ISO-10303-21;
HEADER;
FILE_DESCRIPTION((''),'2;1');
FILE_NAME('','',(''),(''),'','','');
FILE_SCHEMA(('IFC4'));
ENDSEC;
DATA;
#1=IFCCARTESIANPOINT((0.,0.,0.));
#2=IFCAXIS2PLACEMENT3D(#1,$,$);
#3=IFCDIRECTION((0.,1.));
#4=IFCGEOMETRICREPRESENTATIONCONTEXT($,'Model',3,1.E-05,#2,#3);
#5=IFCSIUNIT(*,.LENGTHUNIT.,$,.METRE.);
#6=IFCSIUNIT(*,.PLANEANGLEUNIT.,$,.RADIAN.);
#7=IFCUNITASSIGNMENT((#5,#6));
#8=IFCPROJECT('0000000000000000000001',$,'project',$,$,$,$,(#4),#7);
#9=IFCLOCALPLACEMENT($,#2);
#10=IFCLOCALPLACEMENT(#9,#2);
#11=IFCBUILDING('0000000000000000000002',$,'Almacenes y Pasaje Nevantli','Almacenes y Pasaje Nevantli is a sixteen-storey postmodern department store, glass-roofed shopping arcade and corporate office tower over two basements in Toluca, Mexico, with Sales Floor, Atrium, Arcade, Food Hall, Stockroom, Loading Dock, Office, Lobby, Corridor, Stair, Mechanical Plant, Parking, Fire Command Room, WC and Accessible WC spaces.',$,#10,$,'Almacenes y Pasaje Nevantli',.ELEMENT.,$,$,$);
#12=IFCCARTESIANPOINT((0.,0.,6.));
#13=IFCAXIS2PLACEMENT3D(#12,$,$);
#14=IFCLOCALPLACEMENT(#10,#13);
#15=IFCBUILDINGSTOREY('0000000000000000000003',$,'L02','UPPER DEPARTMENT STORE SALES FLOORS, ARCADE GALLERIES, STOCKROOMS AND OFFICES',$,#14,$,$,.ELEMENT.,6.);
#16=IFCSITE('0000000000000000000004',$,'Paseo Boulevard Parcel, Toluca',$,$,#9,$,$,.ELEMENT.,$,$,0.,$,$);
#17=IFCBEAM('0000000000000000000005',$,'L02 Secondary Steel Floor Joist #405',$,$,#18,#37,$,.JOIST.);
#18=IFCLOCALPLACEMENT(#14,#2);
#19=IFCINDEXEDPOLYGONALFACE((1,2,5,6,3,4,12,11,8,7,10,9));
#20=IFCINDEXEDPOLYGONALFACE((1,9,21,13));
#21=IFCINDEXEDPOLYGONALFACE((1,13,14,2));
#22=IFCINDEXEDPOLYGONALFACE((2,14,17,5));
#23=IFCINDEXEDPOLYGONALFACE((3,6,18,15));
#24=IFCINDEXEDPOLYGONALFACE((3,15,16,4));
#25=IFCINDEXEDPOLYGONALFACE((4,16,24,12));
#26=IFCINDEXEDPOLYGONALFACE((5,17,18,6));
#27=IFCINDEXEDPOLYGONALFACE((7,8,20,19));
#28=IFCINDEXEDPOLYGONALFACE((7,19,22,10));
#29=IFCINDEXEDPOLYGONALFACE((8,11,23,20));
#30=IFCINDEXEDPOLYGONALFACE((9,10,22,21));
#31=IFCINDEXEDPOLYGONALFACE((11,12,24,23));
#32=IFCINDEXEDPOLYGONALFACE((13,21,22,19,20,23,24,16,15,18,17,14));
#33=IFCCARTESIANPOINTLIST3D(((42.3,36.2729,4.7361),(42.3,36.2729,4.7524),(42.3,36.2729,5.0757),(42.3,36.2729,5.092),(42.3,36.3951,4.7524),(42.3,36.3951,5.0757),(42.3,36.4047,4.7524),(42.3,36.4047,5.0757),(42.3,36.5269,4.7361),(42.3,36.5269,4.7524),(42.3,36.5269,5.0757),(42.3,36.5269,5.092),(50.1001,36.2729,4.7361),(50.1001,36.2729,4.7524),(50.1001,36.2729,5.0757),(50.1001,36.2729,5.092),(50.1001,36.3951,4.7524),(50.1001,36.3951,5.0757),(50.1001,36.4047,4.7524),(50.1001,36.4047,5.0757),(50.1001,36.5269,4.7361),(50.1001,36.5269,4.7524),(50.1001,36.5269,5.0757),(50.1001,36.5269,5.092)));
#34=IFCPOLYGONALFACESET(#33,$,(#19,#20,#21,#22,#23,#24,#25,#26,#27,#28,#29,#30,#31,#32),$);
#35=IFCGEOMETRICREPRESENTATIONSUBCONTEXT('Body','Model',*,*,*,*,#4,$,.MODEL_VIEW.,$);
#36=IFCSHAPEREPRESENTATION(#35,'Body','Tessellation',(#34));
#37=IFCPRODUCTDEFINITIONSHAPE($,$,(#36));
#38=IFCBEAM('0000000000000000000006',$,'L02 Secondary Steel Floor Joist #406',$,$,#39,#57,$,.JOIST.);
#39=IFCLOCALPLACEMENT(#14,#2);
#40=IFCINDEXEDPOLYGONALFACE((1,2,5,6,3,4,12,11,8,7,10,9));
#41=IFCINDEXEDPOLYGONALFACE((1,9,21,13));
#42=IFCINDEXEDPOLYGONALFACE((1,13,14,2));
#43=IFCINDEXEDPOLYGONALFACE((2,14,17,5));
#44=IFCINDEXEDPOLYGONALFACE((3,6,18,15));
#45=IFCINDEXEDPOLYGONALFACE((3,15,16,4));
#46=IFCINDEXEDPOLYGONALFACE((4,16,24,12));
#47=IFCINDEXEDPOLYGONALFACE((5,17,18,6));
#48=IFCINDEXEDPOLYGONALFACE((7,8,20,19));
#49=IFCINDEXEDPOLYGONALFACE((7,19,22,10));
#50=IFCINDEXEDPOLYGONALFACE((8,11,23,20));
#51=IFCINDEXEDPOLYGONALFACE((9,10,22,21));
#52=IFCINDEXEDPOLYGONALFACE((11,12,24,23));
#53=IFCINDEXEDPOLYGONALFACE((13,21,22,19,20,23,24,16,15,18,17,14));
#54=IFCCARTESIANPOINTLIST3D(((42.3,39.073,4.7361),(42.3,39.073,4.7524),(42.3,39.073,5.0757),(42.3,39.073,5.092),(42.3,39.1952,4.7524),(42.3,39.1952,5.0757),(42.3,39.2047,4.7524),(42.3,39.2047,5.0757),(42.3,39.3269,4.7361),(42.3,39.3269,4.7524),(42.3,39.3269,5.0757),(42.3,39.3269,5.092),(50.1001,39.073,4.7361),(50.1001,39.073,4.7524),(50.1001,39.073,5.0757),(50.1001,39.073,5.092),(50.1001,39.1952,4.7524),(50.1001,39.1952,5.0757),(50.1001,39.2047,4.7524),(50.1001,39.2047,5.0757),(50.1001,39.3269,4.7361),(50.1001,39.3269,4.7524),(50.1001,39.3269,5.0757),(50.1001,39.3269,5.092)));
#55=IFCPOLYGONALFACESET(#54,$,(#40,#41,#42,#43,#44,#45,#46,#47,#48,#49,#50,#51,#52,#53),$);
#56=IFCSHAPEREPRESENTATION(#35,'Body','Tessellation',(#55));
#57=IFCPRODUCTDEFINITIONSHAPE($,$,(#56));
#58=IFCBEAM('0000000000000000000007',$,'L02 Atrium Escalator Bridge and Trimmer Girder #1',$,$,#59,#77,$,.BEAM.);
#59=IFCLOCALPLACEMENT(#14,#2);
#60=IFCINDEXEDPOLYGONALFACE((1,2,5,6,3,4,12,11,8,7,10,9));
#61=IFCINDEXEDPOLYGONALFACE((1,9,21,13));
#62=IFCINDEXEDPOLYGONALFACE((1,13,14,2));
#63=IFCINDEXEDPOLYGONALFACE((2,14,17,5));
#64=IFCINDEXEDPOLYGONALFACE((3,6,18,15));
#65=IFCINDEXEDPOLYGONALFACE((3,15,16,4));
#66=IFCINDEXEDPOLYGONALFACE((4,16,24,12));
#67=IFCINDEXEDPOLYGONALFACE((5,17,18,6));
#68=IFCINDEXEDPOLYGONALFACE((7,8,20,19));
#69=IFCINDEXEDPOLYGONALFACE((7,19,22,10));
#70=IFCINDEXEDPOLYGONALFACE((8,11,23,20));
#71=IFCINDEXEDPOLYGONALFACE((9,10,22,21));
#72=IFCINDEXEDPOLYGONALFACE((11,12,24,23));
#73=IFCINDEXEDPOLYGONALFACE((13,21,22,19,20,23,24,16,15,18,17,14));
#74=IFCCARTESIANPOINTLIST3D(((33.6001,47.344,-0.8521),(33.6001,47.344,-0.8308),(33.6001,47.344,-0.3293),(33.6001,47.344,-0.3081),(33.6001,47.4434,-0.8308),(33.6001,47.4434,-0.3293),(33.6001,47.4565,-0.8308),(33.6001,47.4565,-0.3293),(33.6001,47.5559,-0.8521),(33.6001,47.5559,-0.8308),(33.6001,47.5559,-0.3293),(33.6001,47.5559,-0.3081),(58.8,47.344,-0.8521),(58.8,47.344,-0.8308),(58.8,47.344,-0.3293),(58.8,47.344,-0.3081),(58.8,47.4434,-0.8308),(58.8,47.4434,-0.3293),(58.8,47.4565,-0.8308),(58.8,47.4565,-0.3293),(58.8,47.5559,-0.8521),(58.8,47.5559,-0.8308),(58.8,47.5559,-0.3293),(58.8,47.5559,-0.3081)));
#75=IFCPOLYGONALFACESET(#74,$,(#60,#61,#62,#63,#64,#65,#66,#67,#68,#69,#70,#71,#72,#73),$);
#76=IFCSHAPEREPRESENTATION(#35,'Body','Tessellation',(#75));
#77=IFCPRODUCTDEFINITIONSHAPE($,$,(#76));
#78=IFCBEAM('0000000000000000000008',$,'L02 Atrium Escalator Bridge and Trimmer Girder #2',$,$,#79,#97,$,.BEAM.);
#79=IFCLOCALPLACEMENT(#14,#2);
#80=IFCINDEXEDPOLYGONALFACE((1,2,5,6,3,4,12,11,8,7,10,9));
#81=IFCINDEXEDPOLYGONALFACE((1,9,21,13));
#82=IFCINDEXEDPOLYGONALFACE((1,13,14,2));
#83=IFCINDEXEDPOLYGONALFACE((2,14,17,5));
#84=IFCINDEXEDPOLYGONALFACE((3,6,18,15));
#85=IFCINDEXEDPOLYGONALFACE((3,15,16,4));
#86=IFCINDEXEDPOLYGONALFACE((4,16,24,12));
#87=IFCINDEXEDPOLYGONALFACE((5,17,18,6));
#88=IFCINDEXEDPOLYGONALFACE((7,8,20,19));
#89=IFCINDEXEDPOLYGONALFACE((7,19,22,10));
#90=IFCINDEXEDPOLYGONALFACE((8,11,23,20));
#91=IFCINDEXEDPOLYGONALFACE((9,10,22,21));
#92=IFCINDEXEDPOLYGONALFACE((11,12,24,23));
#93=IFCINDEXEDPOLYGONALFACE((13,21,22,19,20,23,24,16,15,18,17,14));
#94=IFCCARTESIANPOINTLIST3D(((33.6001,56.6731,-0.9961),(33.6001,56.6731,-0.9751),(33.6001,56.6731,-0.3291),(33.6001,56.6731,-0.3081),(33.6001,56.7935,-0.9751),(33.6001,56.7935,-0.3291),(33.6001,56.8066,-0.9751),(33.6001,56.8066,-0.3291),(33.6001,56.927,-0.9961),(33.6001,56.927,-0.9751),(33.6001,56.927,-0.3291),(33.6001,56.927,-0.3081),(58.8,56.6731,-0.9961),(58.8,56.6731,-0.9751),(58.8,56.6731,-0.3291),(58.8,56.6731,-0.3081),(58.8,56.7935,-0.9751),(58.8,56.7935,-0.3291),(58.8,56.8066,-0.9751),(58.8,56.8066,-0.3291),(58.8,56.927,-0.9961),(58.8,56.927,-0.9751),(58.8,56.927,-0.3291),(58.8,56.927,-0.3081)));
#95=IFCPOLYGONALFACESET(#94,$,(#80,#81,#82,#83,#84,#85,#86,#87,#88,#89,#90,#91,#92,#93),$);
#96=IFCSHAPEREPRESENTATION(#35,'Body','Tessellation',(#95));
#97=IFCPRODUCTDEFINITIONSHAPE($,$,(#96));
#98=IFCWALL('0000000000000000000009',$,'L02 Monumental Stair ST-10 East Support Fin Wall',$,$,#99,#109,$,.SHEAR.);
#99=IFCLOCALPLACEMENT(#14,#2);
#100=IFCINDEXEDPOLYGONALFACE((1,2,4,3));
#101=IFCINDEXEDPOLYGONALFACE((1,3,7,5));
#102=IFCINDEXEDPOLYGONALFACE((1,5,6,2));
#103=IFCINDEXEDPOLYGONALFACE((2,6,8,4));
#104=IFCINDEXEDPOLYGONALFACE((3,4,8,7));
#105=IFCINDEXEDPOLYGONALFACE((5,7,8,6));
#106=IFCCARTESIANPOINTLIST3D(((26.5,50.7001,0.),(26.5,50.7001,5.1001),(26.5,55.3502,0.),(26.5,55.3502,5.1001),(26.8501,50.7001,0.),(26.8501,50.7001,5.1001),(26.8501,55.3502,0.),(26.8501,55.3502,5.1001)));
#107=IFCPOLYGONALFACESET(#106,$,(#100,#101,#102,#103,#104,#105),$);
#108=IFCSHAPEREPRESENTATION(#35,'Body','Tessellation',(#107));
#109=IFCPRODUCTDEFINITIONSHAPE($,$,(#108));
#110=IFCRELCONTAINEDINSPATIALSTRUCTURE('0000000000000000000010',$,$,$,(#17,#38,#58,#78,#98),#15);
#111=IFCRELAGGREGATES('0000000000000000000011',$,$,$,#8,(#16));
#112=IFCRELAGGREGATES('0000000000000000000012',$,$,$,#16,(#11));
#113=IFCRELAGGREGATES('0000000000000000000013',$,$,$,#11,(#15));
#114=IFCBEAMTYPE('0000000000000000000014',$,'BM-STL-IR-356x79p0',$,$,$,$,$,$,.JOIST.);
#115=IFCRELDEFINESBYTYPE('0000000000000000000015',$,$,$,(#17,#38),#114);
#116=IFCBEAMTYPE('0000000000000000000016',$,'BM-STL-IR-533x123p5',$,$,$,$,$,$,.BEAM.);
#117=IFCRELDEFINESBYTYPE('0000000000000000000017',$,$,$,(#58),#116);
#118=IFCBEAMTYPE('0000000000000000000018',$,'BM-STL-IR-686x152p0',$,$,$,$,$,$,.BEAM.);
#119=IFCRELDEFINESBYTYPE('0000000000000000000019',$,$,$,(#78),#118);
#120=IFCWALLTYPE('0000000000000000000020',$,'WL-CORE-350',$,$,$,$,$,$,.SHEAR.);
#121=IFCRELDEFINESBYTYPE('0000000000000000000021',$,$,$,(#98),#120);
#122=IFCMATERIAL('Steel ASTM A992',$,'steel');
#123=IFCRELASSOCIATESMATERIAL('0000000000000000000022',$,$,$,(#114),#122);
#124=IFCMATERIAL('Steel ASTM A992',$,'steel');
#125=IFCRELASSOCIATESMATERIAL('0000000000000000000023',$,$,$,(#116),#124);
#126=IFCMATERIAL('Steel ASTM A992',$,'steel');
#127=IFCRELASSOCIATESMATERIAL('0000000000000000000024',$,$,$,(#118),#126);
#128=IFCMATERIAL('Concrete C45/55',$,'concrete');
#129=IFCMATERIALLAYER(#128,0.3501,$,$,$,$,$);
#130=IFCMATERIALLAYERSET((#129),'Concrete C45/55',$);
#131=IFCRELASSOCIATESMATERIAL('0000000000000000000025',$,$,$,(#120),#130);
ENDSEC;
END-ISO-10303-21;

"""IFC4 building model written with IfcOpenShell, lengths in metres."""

from ifc_helpers import new_model, si_unit, direction, frame, frame_2d, origin, origin_2d, place, context, subcontext, project, spatial, rectangle, i_section, extrude, material, layer, layer_set, material_profile, profile_set, type_object, element, save


model = new_model("IFC4")

# Units and contexts
model_context = context("Model", 3, precision=1e-05, world=origin(), true_north=direction((0.0, 1.0)))
body_context = subcontext(model_context, "Body", "Model", "MODEL_VIEW")
ifc_project = project(units=[si_unit("LENGTHUNIT", "METRE"), si_unit("PLANEANGLEUNIT", "RADIAN")], contexts=[model_context])

# Site, building, storey
site_placement = place(None, origin())
site = spatial("IfcSite", under=ifc_project, at=site_placement, Name="Paseo Boulevard Parcel, Toluca", CompositionType="ELEMENT", RefElevation=0.0)
building_placement = place(site_placement, origin())
building = spatial("IfcBuilding", under=site, at=building_placement, Name="Almacenes y Pasaje Nevantli", Description="Almacenes y Pasaje Nevantli is a sixteen-storey postmodern department store, glass-roofed shopping arcade and corporate office tower over two basements in Toluca, Mexico, with Sales Floor, Atrium, Arcade, Food Hall, Stockroom, Loading Dock, Office, Lobby, Corridor, Stair, Mechanical Plant, Parking, Fire Command Room, WC and Accessible WC spaces.", LongName="Almacenes y Pasaje Nevantli", CompositionType="ELEMENT")
storey_placement = place(building_placement, frame((0.0, 0.0, 6.0)))
storey = spatial("IfcBuildingStorey", under=building, at=storey_placement, Name="L02", Description="UPPER DEPARTMENT STORE SALES FLOORS, ARCADE GALLERIES, STOCKROOMS AND OFFICES", CompositionType="ELEMENT", Elevation=6.0)

# Beams
ifc_material_1 = material(Name="Steel ASTM A992", Category="steel")
ifc_material_profile_1 = material_profile(ifc_material_1, i_section(OverallWidth=0.2539, OverallDepth=0.356, WebThickness=0.0095, FlangeThickness=0.0164, at=origin_2d()), Name="IR 356x79.0")
ifc_profile_set_1 = profile_set([ifc_material_profile_1], Name="Steel ASTM A992")
beam_type_1 = type_object("IfcBeamType", Name="BM-STL-IR-356x79p0", PredefinedType="JOIST", material=ifc_profile_set_1)
for number, where, z_axis, x_axis, name in (
    (1, (42.3, 36.3999, 4.9141), (1.0, 0.0, 0.0), (0.0, 1.0, 0.0), "L02 Secondary Steel Floor Joist #405"),
    (2, (42.3, 39.2, 4.9141), (1.0, 0.0, 0.0), (0.0, 1.0, 0.0), "L02 Secondary Steel Floor Joist #406"),
):
    element("IfcBeam", number, at=place(storey_placement, frame(where, z_axis=z_axis, x_axis=x_axis)), inside=storey, type_object=beam_type_1, Name=name, PredefinedType="JOIST", context=body_context, shape_type="SweptSolid", body=[
        extrude(i_section(OverallWidth=0.2539, OverallDepth=0.356, WebThickness=0.0095, FlangeThickness=0.0164, at=origin_2d()), origin(), (0.0, 0.0, 1.0), 7.8),
    ])
ifc_material_2 = material(Name="Steel ASTM A992", Category="steel")
ifc_material_profile_2 = material_profile(ifc_material_2, i_section(OverallWidth=0.2119, OverallDepth=0.5439, WebThickness=0.0132, FlangeThickness=0.0212, at=origin_2d()), Name="IR 533x123.5")
ifc_profile_set_2 = profile_set([ifc_material_profile_2], Name="Steel ASTM A992")
beam_type_2 = type_object("IfcBeamType", Name="BM-STL-IR-533x123p5", PredefinedType="BEAM", material=ifc_profile_set_2)
beam_1_placement = place(storey_placement, frame((33.6001, 47.45, -0.5801), z_axis=(1.0, 0.0, 0.0), x_axis=(0.0, 1.0, 0.0)))
element("IfcBeam", 3, at=beam_1_placement, inside=storey, type_object=beam_type_2, Name="L02 Atrium Escalator Bridge and Trimmer Girder #1", PredefinedType="BEAM", context=body_context, shape_type="SweptSolid", body=[
    extrude(i_section(OverallWidth=0.2119, OverallDepth=0.5439, WebThickness=0.0132, FlangeThickness=0.0212, at=origin_2d()), origin(), (0.0, 0.0, 1.0), 25.2),
])
ifc_material_3 = material(Name="Steel ASTM A992", Category="steel")
ifc_material_profile_3 = material_profile(ifc_material_3, i_section(OverallWidth=0.2539, OverallDepth=0.688, WebThickness=0.0132, FlangeThickness=0.021, at=origin_2d()), Name="IR 686x152.0")
ifc_profile_set_3 = profile_set([ifc_material_profile_3], Name="Steel ASTM A992")
beam_type_3 = type_object("IfcBeamType", Name="BM-STL-IR-686x152p0", PredefinedType="BEAM", material=ifc_profile_set_3)
beam_2_placement = place(storey_placement, frame((33.6001, 56.8, -0.6521), z_axis=(1.0, 0.0, 0.0), x_axis=(0.0, 1.0, 0.0)))
element("IfcBeam", 4, at=beam_2_placement, inside=storey, type_object=beam_type_3, Name="L02 Atrium Escalator Bridge and Trimmer Girder #2", PredefinedType="BEAM", context=body_context, shape_type="SweptSolid", body=[
    extrude(i_section(OverallWidth=0.2539, OverallDepth=0.688, WebThickness=0.0132, FlangeThickness=0.021, at=origin_2d()), origin(), (0.0, 0.0, 1.0), 25.2),
])

# Wall
ifc_material_4 = material(Name="Concrete C45/55", Category="concrete")
ifc_layer = layer(ifc_material_4, 0.3501)
ifc_layer_set = layer_set([ifc_layer], Name="Concrete C45/55")
wall_type = type_object("IfcWallType", Name="WL-CORE-350", PredefinedType="SHEAR", material=ifc_layer_set)
wall_placement = place(storey_placement, frame((26.675, 50.7, 0.0), z_axis=(0.0, 0.0, 1.0), x_axis=(0.0, 1.0, 0.0)))
element("IfcWall", 5, at=wall_placement, inside=storey, type_object=wall_type, Name="L02 Monumental Stair ST-10 East Support Fin Wall", PredefinedType="SHEAR", context=body_context, shape_type="SweptSolid", body=[
    extrude(rectangle(XDim=4.6501, YDim=0.3501, at=frame_2d((2.3252, 0.0))), origin(), (0.0, 0.0, 1.0), 5.1001),
])

save(model, "model.ifc")
